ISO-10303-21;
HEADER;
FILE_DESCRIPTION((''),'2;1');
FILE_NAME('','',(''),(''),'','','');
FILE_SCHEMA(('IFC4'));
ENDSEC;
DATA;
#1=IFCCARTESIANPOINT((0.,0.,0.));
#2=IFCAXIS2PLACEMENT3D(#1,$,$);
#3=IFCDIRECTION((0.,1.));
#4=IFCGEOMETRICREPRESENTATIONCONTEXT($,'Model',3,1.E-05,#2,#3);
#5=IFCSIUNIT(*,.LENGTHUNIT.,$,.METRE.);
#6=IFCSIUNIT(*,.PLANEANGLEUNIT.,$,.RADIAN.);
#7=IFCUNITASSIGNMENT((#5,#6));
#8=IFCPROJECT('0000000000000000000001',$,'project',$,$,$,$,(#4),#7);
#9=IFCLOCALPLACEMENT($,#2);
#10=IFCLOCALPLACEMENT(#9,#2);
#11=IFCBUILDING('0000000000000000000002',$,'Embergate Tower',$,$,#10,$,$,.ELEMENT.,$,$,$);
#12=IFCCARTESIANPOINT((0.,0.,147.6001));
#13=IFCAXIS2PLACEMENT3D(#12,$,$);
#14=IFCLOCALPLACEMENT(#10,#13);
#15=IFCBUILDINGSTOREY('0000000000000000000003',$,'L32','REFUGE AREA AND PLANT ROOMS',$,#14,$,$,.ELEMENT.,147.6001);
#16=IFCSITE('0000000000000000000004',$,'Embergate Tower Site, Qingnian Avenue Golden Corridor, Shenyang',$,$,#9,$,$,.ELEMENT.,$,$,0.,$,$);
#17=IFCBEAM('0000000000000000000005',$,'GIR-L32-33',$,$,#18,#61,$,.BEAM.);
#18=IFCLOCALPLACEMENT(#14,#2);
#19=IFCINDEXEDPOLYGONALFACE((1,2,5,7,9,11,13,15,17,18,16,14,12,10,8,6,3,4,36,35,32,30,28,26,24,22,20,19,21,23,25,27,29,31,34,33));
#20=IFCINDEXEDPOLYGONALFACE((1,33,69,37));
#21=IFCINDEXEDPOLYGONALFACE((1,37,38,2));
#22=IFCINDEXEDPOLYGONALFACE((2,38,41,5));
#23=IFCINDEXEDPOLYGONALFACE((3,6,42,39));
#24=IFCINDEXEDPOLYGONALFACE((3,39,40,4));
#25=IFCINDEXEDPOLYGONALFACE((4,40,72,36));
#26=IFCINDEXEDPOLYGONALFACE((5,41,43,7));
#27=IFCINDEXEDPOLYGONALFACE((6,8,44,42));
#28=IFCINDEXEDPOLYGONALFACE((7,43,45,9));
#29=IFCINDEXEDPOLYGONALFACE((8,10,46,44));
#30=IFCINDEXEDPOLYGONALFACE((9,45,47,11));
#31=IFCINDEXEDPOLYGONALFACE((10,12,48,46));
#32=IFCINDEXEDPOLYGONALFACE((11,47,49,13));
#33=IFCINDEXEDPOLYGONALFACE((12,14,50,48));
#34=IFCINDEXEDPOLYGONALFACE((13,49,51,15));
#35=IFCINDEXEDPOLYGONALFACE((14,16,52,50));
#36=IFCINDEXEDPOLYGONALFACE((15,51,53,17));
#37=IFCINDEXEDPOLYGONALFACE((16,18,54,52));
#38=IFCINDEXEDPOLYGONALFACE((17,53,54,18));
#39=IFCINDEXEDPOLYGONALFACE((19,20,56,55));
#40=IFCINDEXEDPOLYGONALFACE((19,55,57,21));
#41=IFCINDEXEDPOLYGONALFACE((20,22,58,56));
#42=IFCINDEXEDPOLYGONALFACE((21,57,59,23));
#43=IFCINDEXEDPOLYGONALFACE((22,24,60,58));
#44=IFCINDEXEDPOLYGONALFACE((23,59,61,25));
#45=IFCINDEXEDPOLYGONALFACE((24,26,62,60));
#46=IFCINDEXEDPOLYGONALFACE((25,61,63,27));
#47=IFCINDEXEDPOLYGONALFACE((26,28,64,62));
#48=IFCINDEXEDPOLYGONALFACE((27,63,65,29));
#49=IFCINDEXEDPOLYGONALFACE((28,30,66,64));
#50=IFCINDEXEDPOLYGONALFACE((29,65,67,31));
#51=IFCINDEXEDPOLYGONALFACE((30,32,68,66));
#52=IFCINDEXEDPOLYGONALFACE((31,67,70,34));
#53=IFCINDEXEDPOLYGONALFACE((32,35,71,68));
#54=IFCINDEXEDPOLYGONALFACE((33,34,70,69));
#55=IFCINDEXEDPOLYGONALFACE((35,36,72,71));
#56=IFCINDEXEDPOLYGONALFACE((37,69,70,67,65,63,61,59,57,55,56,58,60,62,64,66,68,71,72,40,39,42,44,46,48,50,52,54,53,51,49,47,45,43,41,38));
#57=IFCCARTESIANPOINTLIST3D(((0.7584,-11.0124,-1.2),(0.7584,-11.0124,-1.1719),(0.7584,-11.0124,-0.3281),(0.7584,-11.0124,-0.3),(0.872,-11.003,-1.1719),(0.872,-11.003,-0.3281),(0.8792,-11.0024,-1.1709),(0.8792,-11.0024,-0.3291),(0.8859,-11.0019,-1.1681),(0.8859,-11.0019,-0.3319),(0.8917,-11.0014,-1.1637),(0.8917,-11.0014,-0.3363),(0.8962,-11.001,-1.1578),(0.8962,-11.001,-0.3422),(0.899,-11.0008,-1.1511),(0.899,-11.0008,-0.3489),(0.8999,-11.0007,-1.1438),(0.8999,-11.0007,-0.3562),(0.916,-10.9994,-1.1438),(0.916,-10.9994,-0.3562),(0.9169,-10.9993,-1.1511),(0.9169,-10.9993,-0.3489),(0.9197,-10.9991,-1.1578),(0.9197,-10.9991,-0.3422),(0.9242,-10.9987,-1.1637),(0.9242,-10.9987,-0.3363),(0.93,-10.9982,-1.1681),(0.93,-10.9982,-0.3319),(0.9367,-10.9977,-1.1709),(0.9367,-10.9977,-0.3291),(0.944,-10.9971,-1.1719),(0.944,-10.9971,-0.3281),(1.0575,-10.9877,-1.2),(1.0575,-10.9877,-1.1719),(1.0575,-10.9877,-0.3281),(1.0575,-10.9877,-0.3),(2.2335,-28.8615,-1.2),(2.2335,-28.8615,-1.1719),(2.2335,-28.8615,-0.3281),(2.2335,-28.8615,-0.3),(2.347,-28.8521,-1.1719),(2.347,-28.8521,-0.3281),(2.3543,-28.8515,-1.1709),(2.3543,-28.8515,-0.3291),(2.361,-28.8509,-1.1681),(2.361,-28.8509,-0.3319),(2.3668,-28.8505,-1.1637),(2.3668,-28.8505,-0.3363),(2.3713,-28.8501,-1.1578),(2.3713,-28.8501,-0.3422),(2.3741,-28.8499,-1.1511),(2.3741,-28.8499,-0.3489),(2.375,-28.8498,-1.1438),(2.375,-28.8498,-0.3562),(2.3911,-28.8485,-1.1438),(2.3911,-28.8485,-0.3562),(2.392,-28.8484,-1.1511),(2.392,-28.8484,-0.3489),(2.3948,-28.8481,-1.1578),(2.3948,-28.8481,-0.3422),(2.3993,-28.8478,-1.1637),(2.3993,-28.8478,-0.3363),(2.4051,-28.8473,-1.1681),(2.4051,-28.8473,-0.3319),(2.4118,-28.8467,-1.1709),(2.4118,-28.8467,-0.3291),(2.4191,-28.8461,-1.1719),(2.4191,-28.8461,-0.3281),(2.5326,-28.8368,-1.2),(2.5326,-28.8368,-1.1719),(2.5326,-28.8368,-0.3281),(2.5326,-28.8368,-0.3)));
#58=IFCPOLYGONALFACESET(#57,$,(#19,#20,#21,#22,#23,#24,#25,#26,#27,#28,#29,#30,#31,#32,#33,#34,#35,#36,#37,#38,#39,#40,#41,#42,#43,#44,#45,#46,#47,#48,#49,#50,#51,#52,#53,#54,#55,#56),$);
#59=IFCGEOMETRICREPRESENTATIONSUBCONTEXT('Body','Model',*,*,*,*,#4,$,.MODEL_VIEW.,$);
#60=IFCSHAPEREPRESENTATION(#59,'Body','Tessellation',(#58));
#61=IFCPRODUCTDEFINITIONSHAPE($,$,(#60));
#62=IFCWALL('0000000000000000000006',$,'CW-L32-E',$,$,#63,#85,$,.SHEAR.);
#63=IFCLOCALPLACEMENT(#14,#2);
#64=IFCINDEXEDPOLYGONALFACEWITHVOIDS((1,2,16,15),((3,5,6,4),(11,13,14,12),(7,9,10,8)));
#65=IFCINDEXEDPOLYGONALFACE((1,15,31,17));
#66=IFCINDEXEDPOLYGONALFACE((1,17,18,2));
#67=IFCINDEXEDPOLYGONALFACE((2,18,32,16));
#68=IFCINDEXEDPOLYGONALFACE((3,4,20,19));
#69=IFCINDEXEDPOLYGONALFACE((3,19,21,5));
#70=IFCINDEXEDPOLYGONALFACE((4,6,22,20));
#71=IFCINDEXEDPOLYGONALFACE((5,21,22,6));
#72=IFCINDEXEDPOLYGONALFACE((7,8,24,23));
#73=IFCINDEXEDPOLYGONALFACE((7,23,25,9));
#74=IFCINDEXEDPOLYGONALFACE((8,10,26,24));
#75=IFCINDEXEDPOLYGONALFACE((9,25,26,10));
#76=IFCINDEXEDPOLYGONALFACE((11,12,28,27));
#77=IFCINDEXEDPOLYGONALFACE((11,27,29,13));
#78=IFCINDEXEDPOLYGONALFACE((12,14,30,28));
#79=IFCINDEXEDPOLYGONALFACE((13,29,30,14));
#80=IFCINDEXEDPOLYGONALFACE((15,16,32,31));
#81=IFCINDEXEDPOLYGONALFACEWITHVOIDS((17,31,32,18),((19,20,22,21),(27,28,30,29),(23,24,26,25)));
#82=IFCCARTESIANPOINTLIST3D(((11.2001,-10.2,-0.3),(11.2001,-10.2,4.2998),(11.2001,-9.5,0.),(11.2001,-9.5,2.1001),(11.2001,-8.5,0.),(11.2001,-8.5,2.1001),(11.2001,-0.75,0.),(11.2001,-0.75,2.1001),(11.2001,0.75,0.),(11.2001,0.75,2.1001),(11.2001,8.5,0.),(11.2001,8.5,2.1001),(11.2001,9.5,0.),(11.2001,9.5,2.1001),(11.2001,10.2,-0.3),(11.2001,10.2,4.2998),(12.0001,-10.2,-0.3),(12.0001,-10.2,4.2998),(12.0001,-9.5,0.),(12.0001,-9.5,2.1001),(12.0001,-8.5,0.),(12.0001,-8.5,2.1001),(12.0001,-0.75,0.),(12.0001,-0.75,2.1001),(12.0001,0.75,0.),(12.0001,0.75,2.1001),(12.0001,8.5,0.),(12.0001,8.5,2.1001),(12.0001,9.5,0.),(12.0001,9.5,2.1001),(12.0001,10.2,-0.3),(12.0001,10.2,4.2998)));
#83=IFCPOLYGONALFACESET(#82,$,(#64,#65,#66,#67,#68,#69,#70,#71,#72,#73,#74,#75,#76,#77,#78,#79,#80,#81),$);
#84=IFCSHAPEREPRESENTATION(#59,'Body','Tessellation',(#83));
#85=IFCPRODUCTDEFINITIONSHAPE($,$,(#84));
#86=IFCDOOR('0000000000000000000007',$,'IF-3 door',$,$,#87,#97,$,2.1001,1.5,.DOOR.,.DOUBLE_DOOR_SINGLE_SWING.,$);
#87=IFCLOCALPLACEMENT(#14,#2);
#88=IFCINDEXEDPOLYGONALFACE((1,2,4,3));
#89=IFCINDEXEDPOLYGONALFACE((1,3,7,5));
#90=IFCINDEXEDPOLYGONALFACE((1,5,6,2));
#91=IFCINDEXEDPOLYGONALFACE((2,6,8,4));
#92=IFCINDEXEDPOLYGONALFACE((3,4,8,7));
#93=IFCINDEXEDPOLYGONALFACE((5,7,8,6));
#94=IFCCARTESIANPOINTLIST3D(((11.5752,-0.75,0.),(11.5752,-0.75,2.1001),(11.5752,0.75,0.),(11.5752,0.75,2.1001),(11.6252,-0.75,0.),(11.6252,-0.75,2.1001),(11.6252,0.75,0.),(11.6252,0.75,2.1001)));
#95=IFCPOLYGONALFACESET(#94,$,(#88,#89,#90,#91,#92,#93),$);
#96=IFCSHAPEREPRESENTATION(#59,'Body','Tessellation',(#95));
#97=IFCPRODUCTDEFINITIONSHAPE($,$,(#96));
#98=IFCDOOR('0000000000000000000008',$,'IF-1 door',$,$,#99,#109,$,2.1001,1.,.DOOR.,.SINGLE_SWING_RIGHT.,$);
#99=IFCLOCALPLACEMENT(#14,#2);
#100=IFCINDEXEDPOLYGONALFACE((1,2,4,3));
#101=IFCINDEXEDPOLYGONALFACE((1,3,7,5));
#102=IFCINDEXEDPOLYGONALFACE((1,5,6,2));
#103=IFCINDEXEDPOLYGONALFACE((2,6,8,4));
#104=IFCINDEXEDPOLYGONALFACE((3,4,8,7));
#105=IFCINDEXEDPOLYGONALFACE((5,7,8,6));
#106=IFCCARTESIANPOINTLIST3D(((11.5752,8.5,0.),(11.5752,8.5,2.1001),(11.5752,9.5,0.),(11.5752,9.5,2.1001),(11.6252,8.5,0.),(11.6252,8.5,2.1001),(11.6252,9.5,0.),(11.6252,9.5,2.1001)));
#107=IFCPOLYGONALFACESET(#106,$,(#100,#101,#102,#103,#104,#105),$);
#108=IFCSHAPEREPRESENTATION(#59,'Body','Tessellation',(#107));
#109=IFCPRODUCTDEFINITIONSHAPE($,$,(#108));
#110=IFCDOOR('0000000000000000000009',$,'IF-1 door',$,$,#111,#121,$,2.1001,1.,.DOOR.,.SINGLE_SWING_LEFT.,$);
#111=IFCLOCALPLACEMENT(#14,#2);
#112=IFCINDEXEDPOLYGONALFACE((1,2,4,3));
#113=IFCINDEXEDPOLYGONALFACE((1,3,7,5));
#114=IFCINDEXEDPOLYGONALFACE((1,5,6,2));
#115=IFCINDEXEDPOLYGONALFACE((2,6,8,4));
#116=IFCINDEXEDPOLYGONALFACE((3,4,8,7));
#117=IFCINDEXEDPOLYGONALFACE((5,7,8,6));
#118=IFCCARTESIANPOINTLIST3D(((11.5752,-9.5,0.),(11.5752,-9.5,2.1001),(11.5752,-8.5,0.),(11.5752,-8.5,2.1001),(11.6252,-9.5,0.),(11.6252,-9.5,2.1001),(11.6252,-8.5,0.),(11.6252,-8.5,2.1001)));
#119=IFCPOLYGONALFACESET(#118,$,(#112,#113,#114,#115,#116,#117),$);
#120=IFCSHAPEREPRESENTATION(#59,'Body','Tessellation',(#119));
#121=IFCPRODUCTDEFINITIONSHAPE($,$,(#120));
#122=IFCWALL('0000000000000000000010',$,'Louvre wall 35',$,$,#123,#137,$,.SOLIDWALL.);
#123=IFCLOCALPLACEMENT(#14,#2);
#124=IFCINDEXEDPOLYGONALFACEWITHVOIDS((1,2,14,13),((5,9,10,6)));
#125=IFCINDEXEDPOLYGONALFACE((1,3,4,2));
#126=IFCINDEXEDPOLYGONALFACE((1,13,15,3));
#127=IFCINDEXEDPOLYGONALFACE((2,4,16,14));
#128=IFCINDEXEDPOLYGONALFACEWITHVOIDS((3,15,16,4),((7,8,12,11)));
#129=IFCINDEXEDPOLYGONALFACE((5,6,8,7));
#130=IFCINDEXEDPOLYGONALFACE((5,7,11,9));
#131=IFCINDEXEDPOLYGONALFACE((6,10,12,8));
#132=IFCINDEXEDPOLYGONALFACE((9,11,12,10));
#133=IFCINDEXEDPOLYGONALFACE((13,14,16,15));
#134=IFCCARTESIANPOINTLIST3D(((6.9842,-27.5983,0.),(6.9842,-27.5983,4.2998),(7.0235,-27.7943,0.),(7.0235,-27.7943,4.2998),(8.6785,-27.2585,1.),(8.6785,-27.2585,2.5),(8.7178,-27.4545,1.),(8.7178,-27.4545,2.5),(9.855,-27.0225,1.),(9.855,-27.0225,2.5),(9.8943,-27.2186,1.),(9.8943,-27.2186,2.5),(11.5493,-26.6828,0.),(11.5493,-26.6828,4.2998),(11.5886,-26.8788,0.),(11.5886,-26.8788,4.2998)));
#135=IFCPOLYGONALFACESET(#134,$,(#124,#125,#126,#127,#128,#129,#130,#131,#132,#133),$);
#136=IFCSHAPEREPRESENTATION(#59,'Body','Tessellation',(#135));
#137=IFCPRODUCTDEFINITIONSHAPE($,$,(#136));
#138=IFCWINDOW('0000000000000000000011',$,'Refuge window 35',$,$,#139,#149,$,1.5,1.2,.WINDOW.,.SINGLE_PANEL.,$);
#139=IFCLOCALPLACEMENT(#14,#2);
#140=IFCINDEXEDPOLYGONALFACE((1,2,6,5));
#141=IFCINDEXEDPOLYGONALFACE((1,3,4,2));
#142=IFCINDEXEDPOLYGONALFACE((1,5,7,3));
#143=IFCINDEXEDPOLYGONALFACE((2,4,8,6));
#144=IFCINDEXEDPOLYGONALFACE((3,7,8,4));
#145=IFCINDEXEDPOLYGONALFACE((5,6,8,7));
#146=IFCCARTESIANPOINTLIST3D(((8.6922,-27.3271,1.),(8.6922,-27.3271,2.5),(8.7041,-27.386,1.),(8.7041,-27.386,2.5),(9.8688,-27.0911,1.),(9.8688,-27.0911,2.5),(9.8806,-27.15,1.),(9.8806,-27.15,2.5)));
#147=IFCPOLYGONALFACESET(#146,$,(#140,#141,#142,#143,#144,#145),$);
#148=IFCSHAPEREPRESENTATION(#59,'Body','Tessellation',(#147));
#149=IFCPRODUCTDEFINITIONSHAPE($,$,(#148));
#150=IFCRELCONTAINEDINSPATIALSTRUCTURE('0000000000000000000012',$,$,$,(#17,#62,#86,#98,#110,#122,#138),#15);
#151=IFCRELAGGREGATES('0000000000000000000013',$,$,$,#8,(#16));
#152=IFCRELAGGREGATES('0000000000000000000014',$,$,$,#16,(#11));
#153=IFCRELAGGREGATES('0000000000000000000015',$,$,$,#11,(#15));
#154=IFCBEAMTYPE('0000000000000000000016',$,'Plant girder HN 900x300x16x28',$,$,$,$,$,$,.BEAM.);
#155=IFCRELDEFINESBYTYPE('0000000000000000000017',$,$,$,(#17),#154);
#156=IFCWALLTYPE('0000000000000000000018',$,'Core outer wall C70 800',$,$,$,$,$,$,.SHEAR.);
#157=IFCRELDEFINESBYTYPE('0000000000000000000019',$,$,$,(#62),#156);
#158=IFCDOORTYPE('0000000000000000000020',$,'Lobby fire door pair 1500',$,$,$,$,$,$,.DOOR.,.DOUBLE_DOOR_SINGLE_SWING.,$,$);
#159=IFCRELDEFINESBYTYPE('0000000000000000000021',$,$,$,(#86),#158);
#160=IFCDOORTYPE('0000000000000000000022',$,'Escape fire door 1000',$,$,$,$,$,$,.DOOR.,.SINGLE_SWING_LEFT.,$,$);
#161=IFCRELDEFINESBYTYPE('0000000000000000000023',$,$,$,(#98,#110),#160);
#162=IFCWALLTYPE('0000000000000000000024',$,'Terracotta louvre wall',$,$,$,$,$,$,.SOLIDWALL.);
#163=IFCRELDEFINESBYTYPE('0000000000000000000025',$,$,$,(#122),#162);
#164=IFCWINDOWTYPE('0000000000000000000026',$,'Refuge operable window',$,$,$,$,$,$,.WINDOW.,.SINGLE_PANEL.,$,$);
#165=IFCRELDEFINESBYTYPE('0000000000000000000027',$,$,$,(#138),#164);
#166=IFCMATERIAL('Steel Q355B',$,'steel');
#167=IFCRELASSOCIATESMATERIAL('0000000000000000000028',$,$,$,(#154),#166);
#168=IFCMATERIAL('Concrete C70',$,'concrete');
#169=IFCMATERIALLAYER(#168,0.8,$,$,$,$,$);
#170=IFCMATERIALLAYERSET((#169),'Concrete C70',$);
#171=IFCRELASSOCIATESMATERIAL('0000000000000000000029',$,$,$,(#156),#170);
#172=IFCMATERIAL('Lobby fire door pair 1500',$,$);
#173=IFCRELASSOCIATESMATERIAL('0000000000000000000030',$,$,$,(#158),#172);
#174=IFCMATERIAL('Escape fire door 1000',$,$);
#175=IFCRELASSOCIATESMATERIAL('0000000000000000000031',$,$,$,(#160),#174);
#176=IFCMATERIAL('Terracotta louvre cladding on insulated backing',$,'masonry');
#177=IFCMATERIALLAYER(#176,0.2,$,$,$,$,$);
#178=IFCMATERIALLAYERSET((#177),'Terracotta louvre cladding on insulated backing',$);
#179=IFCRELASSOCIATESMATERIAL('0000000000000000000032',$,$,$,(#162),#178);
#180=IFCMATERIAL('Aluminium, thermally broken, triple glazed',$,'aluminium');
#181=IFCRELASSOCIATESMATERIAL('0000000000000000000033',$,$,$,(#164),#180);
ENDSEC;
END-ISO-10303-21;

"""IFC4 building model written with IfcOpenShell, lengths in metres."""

from ifc_helpers import new_model, si_unit, direction, frame, frame_2d, origin, origin_2d, place, context, subcontext, project, spatial, rectangle, i_section, extrude, source, transform, mapped, material, layer, layer_set, material_profile, profile_set, type_object, element, fill, save


model = new_model("IFC4")

# Units and contexts
model_context = context("Model", 3, precision=1e-05, world=origin(), true_north=direction((0.0, 1.0)))
body_context = subcontext(model_context, "Body", "Model", "MODEL_VIEW")
ifc_project = project(units=[si_unit("LENGTHUNIT", "METRE"), si_unit("PLANEANGLEUNIT", "RADIAN")], contexts=[model_context])

# Site, building, storey
site_placement = place(None, origin())
site = spatial("IfcSite", under=ifc_project, at=site_placement, Name="Embergate Tower Site, Qingnian Avenue Golden Corridor, Shenyang", CompositionType="ELEMENT", RefElevation=0.0)
building_placement = place(site_placement, origin())
building = spatial("IfcBuilding", under=site, at=building_placement, Name="Embergate Tower", CompositionType="ELEMENT")
storey_placement = place(building_placement, frame((0.0, 0.0, 147.6001)))
storey = spatial("IfcBuildingStorey", under=building, at=storey_placement, Name="L32", Description="REFUGE AREA AND PLANT ROOMS", CompositionType="ELEMENT", Elevation=147.6001)

# Shared definitions
ifc_material_1 = material(Name="Concrete C70", Category="concrete")

# Beam
ifc_material_2 = material(Name="Steel Q355B", Category="steel")
ifc_material_profile_1 = material_profile(ifc_material_2, i_section(OverallWidth=0.3, OverallDepth=0.8999, WebThickness=0.0161, FlangeThickness=0.0281, FilletRadius=0.0281, at=origin_2d()), Name="HN 900x300x16x28")
ifc_profile_set_1 = profile_set([ifc_material_profile_1], Name="Steel Q355 grade B")
beam_type_1 = type_object("IfcBeamType", Name="Plant girder HN 900x300x16x28", PredefinedType="BEAM", material=ifc_profile_set_1)
shared_shape_1 = source(origin(), body_context, "Body", "SweptSolid", [
    extrude(i_section(OverallWidth=0.3, OverallDepth=0.8999, WebThickness=0.0161, FlangeThickness=0.0281, FilletRadius=0.0281, at=origin_2d()), origin(), (0.0, 0.0, 1.0), 17.9099),
])
beam_1_placement = place(storey_placement, frame((2.3831, -28.8491, -0.75), z_axis=(-0.082362, 0.996602, 0.0), x_axis=(-0.996602, -0.082362, 0.0)))
element("IfcBeam", 1, at=beam_1_placement, inside=storey, type_object=beam_type_1, Name="GIR-L32-33", PredefinedType="BEAM", context=body_context, shape_type="MappedRepresentation", body=[
    mapped(shared_shape_1, transform((0.0, 0.0, 0.0))),
])

# Wall, openings, doors
ifc_layer_1 = layer(ifc_material_1, 0.8)
ifc_layer_set_1 = layer_set([ifc_layer_1], Name="Concrete C70")
wall_type_1 = type_object("IfcWallType", Name="Core outer wall C70 800", PredefinedType="SHEAR", material=ifc_layer_set_1)
shared_shape_2 = source(origin(), body_context, "Body", "SweptSolid", [
    extrude(rectangle(XDim=20.3999, YDim=0.8, at=frame_2d((10.2, 0.0))), origin(), (0.0, 0.0, 1.0), 4.5999),
])
wall_1_placement = place(storey_placement, frame((11.6001, -10.2, -0.3), z_axis=(0.0, 0.0, 1.0), x_axis=(0.0, 1.0, 0.0)))
wall_1 = element("IfcWall", 2, at=wall_1_placement, inside=storey, type_object=wall_type_1, Name="CW-L32-E", PredefinedType="SHEAR", context=body_context, shape_type="MappedRepresentation", body=[
    mapped(shared_shape_2, transform((0.0, 0.0, 0.0))),
])
shared_shape_3 = source(origin(), body_context, "Body", "SweptSolid", [
    extrude(rectangle(XDim=1.0, YDim=2.1001, at=frame_2d((0.5, 1.05))), frame((0.0, 0.4099, 0.0), z_axis=(0.0, -1.0, 0.0), x_axis=(1.0, 0.0, 0.0)), (0.0, 0.0, 1.0), 0.8201),
])
opening_1_placement = place(wall_1_placement, frame((18.7, 0.0, 0.3)))
opening_1 = element("IfcOpeningElement", 3, at=opening_1_placement, cuts=wall_1, PredefinedType="OPENING", context=body_context, shape_type="MappedRepresentation", body=[
    mapped(shared_shape_3, transform((0.0, 0.0, 0.0))),
])
opening_2_placement = place(wall_1_placement, frame((0.7, 0.0, 0.3)))
opening_2 = element("IfcOpeningElement", 4, at=opening_2_placement, cuts=wall_1, PredefinedType="OPENING", context=body_context, shape_type="MappedRepresentation", body=[
    mapped(shared_shape_3, transform((0.0, 0.0, 0.0))),
])
shared_shape_4 = source(origin(), body_context, "Body", "SweptSolid", [
    extrude(rectangle(XDim=1.5, YDim=2.1001, at=frame_2d((0.75, 1.05))), frame((0.0, 0.4099, 0.0), z_axis=(0.0, -1.0, 0.0), x_axis=(1.0, 0.0, 0.0)), (0.0, 0.0, 1.0), 0.8201),
])
opening_3_placement = place(wall_1_placement, frame((9.45, 0.0, 0.3)))
opening_3 = element("IfcOpeningElement", 5, at=opening_3_placement, cuts=wall_1, PredefinedType="OPENING", context=body_context, shape_type="MappedRepresentation", body=[
    mapped(shared_shape_4, transform((0.0, 0.0, 0.0))),
])
ifc_material_3 = material(Name="Lobby fire door pair 1500")
door_type_1 = type_object("IfcDoorType", Name="Lobby fire door pair 1500", OperationType="DOUBLE_DOOR_SINGLE_SWING", PredefinedType="DOOR", material=ifc_material_3)
shared_shape_5 = source(origin(), body_context, "Body", "SweptSolid", [
    extrude(rectangle(XDim=1.5, YDim=2.1001, at=frame_2d((0.75, 1.05))), frame((0.0, 0.0249, 0.0), z_axis=(0.0, -1.0, 0.0), x_axis=(1.0, 0.0, 0.0)), (0.0, 0.0, 1.0), 0.05),
])
door_1_placement = place(opening_3_placement, origin())
door_1 = element("IfcDoor", 6, at=door_1_placement, inside=storey, type_object=door_type_1, Name="IF-3 door", OperationType="DOUBLE_DOOR_SINGLE_SWING", OverallHeight=2.1001, OverallWidth=1.5, PredefinedType="DOOR", context=body_context, shape_type="MappedRepresentation", body=[
    mapped(shared_shape_5, transform((0.0, 0.0, 0.0))),
])
fill(opening_3, door_1)
ifc_material_4 = material(Name="Escape fire door 1000")
door_type_2 = type_object("IfcDoorType", Name="Escape fire door 1000", OperationType="SINGLE_SWING_LEFT", PredefinedType="DOOR", material=ifc_material_4)
shared_shape_6 = source(origin(), body_context, "Body", "SweptSolid", [
    extrude(rectangle(XDim=1.0, YDim=2.1001, at=frame_2d((0.5, 1.05))), frame((0.0, 0.0249, 0.0), z_axis=(0.0, -1.0, 0.0), x_axis=(1.0, 0.0, 0.0)), (0.0, 0.0, 1.0), 0.05),
])
door_2_placement = place(opening_1_placement, origin())
door_2 = element("IfcDoor", 7, at=door_2_placement, inside=storey, type_object=door_type_2, Name="IF-1 door", OperationType="SINGLE_SWING_RIGHT", OverallHeight=2.1001, OverallWidth=1.0, PredefinedType="DOOR", context=body_context, shape_type="MappedRepresentation", body=[
    mapped(shared_shape_6, transform((0.0, 0.0, 0.0))),
])
fill(opening_1, door_2)
door_3_placement = place(opening_2_placement, origin())
door_3 = element("IfcDoor", 8, at=door_3_placement, inside=storey, type_object=door_type_2, Name="IF-1 door", OperationType="SINGLE_SWING_LEFT", OverallHeight=2.1001, OverallWidth=1.0, PredefinedType="DOOR", context=body_context, shape_type="MappedRepresentation", body=[
    mapped(shared_shape_6, transform((0.0, 0.0, 0.0))),
])
fill(opening_2, door_3)

# Wall, opening, window
ifc_material_5 = material(Name="Terracotta louvre cladding on insulated backing", Category="masonry")
ifc_layer_2 = layer(ifc_material_5, 0.2)
ifc_layer_set_2 = layer_set([ifc_layer_2], Name="Terracotta louvre cladding on insulated backing")
wall_type_2 = type_object("IfcWallType", Name="Terracotta louvre wall", PredefinedType="SOLIDWALL", material=ifc_layer_set_2)
shared_shape_7 = source(origin(), body_context, "Body", "SweptSolid", [
    extrude(rectangle(XDim=4.656, YDim=0.2, at=frame_2d((2.3281, 0.0))), origin(), (0.0, 0.0, 1.0), 4.2998),
])
wall_2_placement = place(storey_placement, frame((11.5691, -26.7808, 0.0), z_axis=(0.0, 0.0, 1.0), x_axis=(-0.980478, -0.19663, 0.0)))
wall_2 = element("IfcWall", 9, at=wall_2_placement, inside=storey, type_object=wall_type_2, Name="Louvre wall 35", PredefinedType="SOLIDWALL", context=body_context, shape_type="MappedRepresentation", body=[
    mapped(shared_shape_7, transform((0.0, 0.0, 0.0))),
])
shared_shape_8 = source(origin(), body_context, "Body", "SweptSolid", [
    extrude(rectangle(XDim=1.2, YDim=1.5, at=frame_2d((0.6001, 0.75))), frame((0.0, 0.1099, 0.0), z_axis=(0.0, -1.0, 0.0), x_axis=(1.0, 0.0, 0.0)), (0.0, 0.0, 1.0), 0.22),
])
opening_4_placement = place(wall_2_placement, frame((1.728, 0.0, 1.0)))
opening_4 = element("IfcOpeningElement", 10, at=opening_4_placement, cuts=wall_2, PredefinedType="OPENING", context=body_context, shape_type="MappedRepresentation", body=[
    mapped(shared_shape_8, transform((0.0, 0.0, 0.0))),
])
ifc_material_6 = material(Name="Aluminium, thermally broken, triple glazed", Category="aluminium")
window_type = type_object("IfcWindowType", Name="Refuge operable window", PartitioningType="SINGLE_PANEL", PredefinedType="WINDOW", material=ifc_material_6)
shared_shape_9 = source(origin(), body_context, "Body", "SweptSolid", [
    extrude(rectangle(XDim=1.2, YDim=1.5, at=frame_2d((0.6001, 0.75))), frame((0.0, 0.03, 0.0), z_axis=(0.0, -1.0, 0.0), x_axis=(1.0, 0.0, 0.0)), (0.0, 0.0, 1.0), 0.0601),
])
window_1_placement = place(opening_4_placement, origin())
window_1 = element("IfcWindow", 11, at=window_1_placement, inside=storey, type_object=window_type, Name="Refuge window 35", OverallHeight=1.5, OverallWidth=1.2, PartitioningType="SINGLE_PANEL", PredefinedType="WINDOW", context=body_context, shape_type="MappedRepresentation", body=[
    mapped(shared_shape_9, transform((0.0, 0.0, 0.0))),
])
fill(opening_4, window_1)

save(model, "model.ifc")
